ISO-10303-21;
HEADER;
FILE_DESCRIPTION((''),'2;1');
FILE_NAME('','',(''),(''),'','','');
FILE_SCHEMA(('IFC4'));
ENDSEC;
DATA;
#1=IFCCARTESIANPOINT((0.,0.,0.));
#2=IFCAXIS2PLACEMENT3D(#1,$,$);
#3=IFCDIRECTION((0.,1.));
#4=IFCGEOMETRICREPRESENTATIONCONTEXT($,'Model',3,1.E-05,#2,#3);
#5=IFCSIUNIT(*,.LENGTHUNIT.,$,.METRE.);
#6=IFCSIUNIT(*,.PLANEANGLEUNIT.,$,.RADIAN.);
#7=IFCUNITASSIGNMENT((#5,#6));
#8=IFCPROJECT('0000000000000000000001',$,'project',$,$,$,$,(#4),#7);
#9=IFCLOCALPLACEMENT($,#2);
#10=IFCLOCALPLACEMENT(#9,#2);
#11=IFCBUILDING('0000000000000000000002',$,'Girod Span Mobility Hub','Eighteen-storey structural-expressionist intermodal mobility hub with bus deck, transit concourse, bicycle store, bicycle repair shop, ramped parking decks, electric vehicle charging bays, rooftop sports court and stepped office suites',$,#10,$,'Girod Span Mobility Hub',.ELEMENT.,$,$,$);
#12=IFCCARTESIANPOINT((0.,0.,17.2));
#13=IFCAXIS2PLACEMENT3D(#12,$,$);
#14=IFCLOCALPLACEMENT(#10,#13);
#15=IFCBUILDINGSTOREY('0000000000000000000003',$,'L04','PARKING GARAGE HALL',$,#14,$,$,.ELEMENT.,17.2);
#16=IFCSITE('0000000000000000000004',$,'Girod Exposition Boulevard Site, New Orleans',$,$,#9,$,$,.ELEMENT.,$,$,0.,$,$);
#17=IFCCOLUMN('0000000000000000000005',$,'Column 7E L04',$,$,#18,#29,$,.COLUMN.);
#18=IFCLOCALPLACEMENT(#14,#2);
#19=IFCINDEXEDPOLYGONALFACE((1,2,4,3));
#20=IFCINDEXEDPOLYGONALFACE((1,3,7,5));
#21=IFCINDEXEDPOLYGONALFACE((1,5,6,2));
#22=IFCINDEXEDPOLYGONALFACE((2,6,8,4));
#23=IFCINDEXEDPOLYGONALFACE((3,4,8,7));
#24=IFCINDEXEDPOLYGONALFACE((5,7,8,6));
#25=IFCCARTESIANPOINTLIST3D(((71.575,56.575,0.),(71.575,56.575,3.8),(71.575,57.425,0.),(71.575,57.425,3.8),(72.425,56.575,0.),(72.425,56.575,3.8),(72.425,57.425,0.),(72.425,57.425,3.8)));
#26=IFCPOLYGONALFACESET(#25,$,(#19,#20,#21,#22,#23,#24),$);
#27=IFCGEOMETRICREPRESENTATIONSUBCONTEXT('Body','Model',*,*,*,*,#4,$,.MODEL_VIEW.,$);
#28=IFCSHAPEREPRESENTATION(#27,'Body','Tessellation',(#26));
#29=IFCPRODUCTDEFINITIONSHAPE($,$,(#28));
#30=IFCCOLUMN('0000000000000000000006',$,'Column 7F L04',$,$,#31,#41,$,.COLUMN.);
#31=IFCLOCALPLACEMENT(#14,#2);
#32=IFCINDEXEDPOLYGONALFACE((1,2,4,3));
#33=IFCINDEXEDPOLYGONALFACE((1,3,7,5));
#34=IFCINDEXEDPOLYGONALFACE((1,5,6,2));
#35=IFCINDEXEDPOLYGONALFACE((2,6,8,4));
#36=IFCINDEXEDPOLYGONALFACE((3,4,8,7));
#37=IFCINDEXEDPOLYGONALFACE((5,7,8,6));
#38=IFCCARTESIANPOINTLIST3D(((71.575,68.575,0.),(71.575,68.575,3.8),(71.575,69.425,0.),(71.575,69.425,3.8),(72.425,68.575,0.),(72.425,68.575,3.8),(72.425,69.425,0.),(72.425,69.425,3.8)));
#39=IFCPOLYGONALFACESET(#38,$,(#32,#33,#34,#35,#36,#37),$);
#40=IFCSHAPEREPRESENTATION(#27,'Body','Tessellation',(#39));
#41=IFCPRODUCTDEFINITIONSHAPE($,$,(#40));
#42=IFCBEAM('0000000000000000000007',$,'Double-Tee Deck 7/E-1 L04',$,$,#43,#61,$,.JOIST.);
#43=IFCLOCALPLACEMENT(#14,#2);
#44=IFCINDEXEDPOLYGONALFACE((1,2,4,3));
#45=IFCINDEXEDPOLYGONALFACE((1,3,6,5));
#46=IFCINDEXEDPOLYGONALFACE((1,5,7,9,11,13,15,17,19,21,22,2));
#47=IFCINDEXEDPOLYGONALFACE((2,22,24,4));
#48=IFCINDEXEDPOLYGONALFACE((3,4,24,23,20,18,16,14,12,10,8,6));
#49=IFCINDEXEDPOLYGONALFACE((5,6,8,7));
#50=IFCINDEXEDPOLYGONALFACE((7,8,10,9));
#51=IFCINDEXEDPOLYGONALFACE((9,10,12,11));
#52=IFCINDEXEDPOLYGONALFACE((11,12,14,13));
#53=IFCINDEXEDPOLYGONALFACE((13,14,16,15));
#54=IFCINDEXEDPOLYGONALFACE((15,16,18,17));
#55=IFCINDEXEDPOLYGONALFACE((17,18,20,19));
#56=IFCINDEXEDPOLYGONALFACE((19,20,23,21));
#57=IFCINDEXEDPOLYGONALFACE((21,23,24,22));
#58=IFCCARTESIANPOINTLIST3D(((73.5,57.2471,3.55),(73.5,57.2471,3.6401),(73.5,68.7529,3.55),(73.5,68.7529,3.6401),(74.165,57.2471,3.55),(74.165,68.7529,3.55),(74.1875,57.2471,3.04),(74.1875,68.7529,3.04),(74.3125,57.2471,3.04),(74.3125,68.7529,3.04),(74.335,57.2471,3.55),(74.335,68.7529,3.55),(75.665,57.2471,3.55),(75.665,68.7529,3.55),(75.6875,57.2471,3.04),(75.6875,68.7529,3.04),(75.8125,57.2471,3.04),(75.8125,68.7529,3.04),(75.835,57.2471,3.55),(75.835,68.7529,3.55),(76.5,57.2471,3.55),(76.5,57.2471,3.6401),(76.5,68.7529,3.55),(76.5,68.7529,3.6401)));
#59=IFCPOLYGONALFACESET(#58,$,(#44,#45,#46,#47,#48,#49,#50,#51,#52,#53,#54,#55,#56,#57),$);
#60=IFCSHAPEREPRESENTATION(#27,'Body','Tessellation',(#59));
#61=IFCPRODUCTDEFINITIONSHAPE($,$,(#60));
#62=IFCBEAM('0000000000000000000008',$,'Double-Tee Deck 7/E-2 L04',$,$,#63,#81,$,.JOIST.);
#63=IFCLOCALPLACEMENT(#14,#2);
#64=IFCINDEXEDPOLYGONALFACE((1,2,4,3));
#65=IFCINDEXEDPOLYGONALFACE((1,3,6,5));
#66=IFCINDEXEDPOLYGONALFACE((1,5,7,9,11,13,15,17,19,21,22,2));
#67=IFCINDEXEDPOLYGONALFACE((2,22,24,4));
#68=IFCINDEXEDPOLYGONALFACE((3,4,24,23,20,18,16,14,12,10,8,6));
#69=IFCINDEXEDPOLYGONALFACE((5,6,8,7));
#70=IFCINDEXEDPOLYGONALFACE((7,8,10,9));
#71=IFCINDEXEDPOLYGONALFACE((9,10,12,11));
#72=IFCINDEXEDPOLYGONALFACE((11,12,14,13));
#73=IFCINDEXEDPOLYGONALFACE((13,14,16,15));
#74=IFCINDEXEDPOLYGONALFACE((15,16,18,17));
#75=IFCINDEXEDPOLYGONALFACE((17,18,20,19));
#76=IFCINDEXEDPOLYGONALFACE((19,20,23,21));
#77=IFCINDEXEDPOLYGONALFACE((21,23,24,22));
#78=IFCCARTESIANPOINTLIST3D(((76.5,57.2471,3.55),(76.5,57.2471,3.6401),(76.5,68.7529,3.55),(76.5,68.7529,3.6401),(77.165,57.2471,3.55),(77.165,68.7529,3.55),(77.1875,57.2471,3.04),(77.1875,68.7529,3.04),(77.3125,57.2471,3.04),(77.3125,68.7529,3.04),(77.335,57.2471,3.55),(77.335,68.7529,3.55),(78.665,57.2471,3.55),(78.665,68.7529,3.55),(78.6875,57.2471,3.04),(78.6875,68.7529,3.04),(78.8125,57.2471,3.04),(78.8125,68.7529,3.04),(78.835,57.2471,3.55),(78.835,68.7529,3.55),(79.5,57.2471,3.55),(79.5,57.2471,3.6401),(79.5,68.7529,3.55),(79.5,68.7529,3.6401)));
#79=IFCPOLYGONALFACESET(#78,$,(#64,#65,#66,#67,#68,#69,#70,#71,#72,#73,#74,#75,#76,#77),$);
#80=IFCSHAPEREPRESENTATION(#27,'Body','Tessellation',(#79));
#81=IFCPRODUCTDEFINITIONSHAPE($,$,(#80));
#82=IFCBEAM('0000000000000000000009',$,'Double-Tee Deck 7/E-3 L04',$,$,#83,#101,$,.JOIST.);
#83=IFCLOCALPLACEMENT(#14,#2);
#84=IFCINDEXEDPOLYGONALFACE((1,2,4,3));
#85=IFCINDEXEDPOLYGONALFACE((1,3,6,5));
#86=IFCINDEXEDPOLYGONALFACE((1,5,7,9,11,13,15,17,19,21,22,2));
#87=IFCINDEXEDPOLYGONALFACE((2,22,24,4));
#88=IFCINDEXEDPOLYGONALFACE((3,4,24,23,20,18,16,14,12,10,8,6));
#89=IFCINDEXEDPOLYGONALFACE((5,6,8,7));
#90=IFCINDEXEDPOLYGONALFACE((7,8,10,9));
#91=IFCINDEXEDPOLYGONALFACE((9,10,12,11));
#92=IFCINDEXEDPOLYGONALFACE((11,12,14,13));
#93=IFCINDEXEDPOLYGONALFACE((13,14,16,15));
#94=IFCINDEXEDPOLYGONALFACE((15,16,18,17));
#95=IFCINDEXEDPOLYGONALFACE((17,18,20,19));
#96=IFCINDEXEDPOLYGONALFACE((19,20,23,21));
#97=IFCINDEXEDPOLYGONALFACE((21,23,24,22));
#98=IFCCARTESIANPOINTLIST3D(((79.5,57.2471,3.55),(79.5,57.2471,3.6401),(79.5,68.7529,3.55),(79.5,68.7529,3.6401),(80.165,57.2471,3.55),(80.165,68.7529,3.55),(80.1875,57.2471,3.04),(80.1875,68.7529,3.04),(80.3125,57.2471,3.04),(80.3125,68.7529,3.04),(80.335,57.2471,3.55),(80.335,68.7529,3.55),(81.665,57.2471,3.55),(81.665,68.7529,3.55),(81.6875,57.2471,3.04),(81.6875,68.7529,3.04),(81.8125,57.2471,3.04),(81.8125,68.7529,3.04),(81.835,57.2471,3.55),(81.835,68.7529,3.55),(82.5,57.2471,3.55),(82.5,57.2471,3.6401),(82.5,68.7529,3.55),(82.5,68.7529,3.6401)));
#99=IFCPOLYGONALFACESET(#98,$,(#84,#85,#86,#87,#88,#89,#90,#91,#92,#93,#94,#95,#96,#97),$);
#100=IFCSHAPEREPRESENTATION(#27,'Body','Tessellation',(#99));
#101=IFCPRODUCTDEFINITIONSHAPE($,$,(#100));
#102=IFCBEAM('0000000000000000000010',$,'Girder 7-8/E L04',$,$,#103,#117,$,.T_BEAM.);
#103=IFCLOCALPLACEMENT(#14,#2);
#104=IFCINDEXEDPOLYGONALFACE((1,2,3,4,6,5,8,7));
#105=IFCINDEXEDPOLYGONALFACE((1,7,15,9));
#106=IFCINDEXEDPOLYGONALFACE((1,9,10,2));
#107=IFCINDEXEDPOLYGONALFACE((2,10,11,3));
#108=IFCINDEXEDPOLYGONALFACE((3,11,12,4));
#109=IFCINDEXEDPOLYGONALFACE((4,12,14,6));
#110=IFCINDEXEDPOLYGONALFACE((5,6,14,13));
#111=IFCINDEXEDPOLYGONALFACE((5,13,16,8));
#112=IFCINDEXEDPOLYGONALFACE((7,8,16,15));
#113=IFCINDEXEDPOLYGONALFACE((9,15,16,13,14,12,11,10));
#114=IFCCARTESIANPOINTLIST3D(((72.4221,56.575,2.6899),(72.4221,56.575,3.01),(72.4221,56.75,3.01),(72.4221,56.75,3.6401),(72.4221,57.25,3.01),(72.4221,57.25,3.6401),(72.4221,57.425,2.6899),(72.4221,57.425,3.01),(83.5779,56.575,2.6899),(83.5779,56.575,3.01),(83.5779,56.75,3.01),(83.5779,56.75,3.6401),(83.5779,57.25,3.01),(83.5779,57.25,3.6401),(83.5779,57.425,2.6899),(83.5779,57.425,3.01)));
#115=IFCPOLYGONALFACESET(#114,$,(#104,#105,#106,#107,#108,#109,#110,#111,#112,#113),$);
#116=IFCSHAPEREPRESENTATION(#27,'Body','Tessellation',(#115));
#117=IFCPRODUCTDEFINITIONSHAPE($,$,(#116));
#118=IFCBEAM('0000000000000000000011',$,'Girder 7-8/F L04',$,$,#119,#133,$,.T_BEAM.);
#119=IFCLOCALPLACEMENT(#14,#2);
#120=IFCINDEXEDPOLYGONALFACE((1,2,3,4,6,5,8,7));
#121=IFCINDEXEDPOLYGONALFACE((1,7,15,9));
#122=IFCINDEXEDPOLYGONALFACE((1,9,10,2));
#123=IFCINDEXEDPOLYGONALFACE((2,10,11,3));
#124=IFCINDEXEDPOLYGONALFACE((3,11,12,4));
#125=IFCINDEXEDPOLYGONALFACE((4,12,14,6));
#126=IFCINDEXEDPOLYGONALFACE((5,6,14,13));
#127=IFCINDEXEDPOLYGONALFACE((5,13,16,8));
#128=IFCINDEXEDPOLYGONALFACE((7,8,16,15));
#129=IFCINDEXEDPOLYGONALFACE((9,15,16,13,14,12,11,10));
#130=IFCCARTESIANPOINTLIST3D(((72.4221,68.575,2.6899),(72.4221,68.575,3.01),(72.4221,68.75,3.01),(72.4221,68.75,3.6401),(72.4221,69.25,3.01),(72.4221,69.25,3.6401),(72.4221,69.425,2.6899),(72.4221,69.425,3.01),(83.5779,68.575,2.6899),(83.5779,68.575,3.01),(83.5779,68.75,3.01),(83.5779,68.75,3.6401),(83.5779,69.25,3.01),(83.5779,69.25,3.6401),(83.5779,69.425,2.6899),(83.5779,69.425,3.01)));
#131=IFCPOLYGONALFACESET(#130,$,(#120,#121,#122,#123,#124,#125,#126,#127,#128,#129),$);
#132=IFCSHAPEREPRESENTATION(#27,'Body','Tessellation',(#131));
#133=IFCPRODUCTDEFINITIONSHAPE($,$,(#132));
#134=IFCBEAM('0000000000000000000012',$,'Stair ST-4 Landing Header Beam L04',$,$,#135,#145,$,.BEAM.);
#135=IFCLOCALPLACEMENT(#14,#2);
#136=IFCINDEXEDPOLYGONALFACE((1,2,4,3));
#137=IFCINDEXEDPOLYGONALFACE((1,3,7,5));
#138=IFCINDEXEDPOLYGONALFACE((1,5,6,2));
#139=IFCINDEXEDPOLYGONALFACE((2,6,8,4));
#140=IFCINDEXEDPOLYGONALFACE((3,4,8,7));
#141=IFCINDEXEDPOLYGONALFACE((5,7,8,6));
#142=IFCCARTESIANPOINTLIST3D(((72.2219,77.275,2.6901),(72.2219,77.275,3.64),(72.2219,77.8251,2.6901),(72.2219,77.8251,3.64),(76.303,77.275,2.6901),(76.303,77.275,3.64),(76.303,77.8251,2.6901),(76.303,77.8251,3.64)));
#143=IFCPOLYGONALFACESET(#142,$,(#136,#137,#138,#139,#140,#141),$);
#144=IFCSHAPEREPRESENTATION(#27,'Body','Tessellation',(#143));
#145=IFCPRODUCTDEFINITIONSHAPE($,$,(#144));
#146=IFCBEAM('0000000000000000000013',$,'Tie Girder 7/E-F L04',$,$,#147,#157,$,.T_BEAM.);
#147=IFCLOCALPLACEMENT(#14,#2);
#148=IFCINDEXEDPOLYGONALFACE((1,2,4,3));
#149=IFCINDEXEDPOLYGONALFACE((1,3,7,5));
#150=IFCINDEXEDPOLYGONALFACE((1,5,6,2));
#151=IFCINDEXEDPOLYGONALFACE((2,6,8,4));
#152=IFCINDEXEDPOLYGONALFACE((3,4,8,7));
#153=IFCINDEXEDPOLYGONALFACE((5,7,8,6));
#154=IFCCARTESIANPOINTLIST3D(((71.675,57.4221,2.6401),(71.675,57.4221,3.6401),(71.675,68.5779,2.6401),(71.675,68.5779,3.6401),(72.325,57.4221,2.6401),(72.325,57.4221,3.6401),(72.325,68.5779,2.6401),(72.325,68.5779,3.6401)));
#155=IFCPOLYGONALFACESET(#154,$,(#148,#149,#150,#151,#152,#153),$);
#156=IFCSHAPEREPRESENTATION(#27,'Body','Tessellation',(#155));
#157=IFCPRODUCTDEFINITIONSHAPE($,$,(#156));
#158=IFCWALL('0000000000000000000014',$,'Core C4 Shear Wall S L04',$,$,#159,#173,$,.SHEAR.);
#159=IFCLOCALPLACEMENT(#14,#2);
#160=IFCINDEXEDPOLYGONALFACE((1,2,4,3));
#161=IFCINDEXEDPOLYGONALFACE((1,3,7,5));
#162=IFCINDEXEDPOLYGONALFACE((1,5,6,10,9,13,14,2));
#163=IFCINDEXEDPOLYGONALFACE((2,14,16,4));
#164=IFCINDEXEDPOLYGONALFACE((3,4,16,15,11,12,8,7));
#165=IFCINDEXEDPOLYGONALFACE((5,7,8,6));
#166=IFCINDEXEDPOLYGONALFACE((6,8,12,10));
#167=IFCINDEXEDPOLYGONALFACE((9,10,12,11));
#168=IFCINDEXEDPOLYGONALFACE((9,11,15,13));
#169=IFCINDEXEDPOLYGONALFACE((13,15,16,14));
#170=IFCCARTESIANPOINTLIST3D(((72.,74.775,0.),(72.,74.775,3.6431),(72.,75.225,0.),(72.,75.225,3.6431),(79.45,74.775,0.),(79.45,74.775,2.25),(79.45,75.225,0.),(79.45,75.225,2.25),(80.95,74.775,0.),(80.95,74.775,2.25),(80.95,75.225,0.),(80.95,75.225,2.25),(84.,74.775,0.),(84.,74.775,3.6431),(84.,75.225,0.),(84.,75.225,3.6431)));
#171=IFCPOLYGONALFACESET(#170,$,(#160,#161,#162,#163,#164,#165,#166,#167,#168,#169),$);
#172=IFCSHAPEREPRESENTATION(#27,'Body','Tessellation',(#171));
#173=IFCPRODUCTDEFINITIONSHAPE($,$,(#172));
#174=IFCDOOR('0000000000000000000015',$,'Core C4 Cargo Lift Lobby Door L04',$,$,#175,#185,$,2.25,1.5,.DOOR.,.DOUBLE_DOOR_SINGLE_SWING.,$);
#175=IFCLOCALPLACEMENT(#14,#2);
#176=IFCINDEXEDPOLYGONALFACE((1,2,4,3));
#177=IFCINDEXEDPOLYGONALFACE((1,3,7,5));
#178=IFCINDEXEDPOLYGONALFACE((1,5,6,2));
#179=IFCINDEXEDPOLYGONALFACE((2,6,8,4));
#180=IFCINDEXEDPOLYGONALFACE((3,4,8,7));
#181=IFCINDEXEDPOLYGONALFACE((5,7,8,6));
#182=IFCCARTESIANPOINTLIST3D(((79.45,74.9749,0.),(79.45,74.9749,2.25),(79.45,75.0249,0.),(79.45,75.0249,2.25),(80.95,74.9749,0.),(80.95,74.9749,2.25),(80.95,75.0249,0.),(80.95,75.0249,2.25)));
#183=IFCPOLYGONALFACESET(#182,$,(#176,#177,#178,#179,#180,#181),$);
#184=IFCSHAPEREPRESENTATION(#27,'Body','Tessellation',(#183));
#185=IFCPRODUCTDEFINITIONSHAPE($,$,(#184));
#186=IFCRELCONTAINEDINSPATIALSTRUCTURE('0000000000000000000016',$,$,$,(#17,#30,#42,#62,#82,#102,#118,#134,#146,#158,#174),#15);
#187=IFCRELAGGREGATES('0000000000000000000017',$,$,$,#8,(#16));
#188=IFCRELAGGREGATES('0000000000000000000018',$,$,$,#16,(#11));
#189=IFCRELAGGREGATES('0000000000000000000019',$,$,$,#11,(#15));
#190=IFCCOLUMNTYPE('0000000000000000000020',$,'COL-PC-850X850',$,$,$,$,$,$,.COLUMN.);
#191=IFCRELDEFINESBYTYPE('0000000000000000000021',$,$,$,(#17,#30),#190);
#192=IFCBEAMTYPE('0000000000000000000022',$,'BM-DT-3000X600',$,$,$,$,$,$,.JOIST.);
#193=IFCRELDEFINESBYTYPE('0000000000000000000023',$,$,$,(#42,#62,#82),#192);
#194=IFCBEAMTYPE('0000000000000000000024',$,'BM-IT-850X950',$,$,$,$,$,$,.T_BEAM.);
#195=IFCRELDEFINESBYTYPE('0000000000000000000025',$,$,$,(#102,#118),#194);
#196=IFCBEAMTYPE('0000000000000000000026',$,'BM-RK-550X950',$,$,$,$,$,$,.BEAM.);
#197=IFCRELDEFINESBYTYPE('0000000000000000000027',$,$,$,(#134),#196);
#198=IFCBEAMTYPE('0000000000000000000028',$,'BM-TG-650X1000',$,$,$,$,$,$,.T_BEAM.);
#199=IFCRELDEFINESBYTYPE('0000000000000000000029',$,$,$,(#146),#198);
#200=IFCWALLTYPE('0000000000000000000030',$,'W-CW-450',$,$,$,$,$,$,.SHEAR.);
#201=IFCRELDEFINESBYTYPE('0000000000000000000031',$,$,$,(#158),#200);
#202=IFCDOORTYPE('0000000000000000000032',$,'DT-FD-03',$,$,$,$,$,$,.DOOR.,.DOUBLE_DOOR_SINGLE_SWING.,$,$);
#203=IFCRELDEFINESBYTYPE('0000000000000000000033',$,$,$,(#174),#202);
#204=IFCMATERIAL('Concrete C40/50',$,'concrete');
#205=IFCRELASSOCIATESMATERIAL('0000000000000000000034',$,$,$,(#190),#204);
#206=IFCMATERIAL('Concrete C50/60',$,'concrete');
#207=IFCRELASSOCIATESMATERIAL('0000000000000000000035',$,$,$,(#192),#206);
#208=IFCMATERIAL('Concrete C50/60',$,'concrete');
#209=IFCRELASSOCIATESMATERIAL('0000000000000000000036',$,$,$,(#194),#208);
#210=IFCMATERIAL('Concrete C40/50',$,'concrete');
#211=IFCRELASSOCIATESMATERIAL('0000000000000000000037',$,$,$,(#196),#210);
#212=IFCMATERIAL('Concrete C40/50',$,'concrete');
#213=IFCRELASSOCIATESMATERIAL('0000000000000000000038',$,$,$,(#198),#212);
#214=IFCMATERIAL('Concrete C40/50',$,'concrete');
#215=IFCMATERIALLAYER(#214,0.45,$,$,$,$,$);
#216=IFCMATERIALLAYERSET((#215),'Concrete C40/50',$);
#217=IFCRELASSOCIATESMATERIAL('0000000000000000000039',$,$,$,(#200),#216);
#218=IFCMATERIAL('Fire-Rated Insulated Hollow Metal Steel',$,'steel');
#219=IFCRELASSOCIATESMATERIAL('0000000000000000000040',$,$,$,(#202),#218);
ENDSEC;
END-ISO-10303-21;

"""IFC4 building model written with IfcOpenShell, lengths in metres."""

from ifc_helpers import new_model, si_unit, direction, frame, frame_2d, origin, origin_2d, place, context, subcontext, project, spatial, polyline, rectangle, outline, extrude, material, layer, layer_set, material_profile, profile_set, type_object, element, fill, save


model = new_model("IFC4")

# Units and contexts
model_context = context("Model", 3, precision=1e-05, world=origin(), true_north=direction((0.0, 1.0)))
body_context = subcontext(model_context, "Body", "Model", "MODEL_VIEW")
ifc_project = project(units=[si_unit("LENGTHUNIT", "METRE"), si_unit("PLANEANGLEUNIT", "RADIAN")], contexts=[model_context])

# Site, building, storey
site_placement = place(None, origin())
site = spatial("IfcSite", under=ifc_project, at=site_placement, Name="Girod Exposition Boulevard Site, New Orleans", CompositionType="ELEMENT", RefElevation=0.0)
building_placement = place(site_placement, origin())
building = spatial("IfcBuilding", under=site, at=building_placement, Name="Girod Span Mobility Hub", Description="Eighteen-storey structural-expressionist intermodal mobility hub with bus deck, transit concourse, bicycle store, bicycle repair shop, ramped parking decks, electric vehicle charging bays, rooftop sports court and stepped office suites", LongName="Girod Span Mobility Hub", CompositionType="ELEMENT")
storey_placement = place(building_placement, frame((0.0, 0.0, 17.2)))
storey = spatial("IfcBuildingStorey", under=building, at=storey_placement, Name="L04", Description="PARKING GARAGE HALL", CompositionType="ELEMENT", Elevation=17.2)

# Columns
ifc_material_1 = material(Name="Concrete C40/50", Category="concrete")
ifc_material_profile_1 = material_profile(ifc_material_1, rectangle(XDim=0.8501, YDim=0.8501, at=origin_2d()), Name="PC-COL-850X850")
ifc_profile_set_1 = profile_set([ifc_material_profile_1], Name="Concrete C40/50")
column_type = type_object("IfcColumnType", Name="COL-PC-850X850", PredefinedType="COLUMN", material=ifc_profile_set_1)
for number, where, z_axis, x_axis, name in (
    (1, (72.0, 57.0, 0.0), (0.0, 0.0, 1.0), (1.0, 0.0, 0.0), "Column 7E L04"),
    (2, (72.0, 69.0, 0.0), (0.0, 0.0, 1.0), (1.0, 0.0, 0.0), "Column 7F L04"),
):
    element("IfcColumn", number, at=place(storey_placement, frame(where, z_axis=z_axis, x_axis=x_axis)), inside=storey, type_object=column_type, Name=name, PredefinedType="COLUMN", context=body_context, shape_type="SweptSolid", body=[
        extrude(rectangle(XDim=0.8501, YDim=0.8501, at=origin_2d()), origin(), (0.0, 0.0, 1.0), 3.8),
    ])

# Beams
ifc_material_2 = material(Name="Concrete C50/60", Category="concrete")
ifc_material_profile_2 = material_profile(ifc_material_2, outline(polyline([(-1.5, 0.3), (-1.5, 0.21), (-0.835, 0.21), (-0.8125, -0.3), (-0.6875, -0.3), (-0.665, 0.21), (0.665, 0.21), (0.6875, -0.3), (0.8125, -0.3), (0.835, 0.21), (1.5, 0.21), (1.5, 0.3), (-1.5, 0.3)])), Name="DT-3000X600")
ifc_profile_set_2 = profile_set([ifc_material_profile_2], Name="Concrete C50/60")
beam_type_1 = type_object("IfcBeamType", Name="BM-DT-3000X600", PredefinedType="JOIST", material=ifc_profile_set_2)
for number, where, z_axis, x_axis, name in (
    (3, (75.0, 57.2471, 3.3401), (0.0, 1.0, 0.0), (-1.0, 0.0, 0.0), "Double-Tee Deck 7/E-1 L04"),
    (4, (78.0, 57.2471, 3.3401), (0.0, 1.0, 0.0), (-1.0, 0.0, 0.0), "Double-Tee Deck 7/E-2 L04"),
    (5, (81.0, 57.2471, 3.3401), (0.0, 1.0, 0.0), (-1.0, 0.0, 0.0), "Double-Tee Deck 7/E-3 L04"),
):
    element("IfcBeam", number, at=place(storey_placement, frame(where, z_axis=z_axis, x_axis=x_axis)), inside=storey, type_object=beam_type_1, Name=name, PredefinedType="JOIST", context=body_context, shape_type="SweptSolid", body=[
        extrude(outline(polyline([(-1.5, 0.3), (-1.5, 0.21), (-0.835, 0.21), (-0.8125, -0.3), (-0.6875, -0.3), (-0.665, 0.21), (0.665, 0.21), (0.6875, -0.3), (0.8125, -0.3), (0.835, 0.21), (1.5, 0.21), (1.5, 0.3), (-1.5, 0.3)])), origin(), (0.0, 0.0, 1.0), 11.5059),
    ])
ifc_material_3 = material(Name="Concrete C50/60", Category="concrete")
ifc_material_profile_3 = material_profile(ifc_material_3, outline(polyline([(-0.425, -0.4751), (0.425, -0.4751), (0.425, -0.155), (0.25, -0.155), (0.25, 0.4751), (-0.25, 0.4751), (-0.25, -0.155), (-0.425, -0.155), (-0.425, -0.4751)])), Name="IT-850X950")
ifc_profile_set_3 = profile_set([ifc_material_profile_3], Name="Concrete C50/60")
beam_type_2 = type_object("IfcBeamType", Name="BM-IT-850X950", PredefinedType="T_BEAM", material=ifc_profile_set_3)
for number, where, z_axis, x_axis, name in (
    (6, (72.4221, 57.0, 3.165), (1.0, 0.0, 0.0), (0.0, 1.0, 0.0), "Girder 7-8/E L04"),
    (7, (72.4221, 69.0, 3.165), (1.0, 0.0, 0.0), (0.0, 1.0, 0.0), "Girder 7-8/F L04"),
):
    element("IfcBeam", number, at=place(storey_placement, frame(where, z_axis=z_axis, x_axis=x_axis)), inside=storey, type_object=beam_type_2, Name=name, PredefinedType="T_BEAM", context=body_context, shape_type="SweptSolid", body=[
        extrude(outline(polyline([(-0.425, -0.4751), (0.425, -0.4751), (0.425, -0.155), (0.25, -0.155), (0.25, 0.4751), (-0.25, 0.4751), (-0.25, -0.155), (-0.425, -0.155), (-0.425, -0.4751)])), origin(), (0.0, 0.0, 1.0), 11.1558),
    ])
ifc_material_4 = material(Name="Concrete C40/50", Category="concrete")
ifc_material_profile_4 = material_profile(ifc_material_4, rectangle(XDim=0.55, YDim=0.95, at=origin_2d()), Name="RK-550X950")
ifc_profile_set_4 = profile_set([ifc_material_profile_4], Name="Concrete C40/50")
beam_type_3 = type_object("IfcBeamType", Name="BM-RK-550X950", PredefinedType="BEAM", material=ifc_profile_set_4)
beam_1_placement = place(storey_placement, frame((72.2219, 77.55, 3.165), z_axis=(1.0, 0.0, 0.0), x_axis=(0.0, 1.0, 0.0)))
element("IfcBeam", 8, at=beam_1_placement, inside=storey, type_object=beam_type_3, Name="Stair ST-4 Landing Header Beam L04", PredefinedType="BEAM", context=body_context, shape_type="SweptSolid", body=[
    extrude(rectangle(XDim=0.55, YDim=0.95, at=origin_2d()), origin(), (0.0, 0.0, 1.0), 4.0811),
])
ifc_material_5 = material(Name="Concrete C40/50", Category="concrete")
ifc_material_profile_5 = material_profile(ifc_material_5, rectangle(XDim=0.6499, YDim=1.0, at=origin_2d()), Name="TG-650X1000")
ifc_profile_set_5 = profile_set([ifc_material_profile_5], Name="Concrete C40/50")
beam_type_4 = type_object("IfcBeamType", Name="BM-TG-650X1000", PredefinedType="T_BEAM", material=ifc_profile_set_5)
beam_2_placement = place(storey_placement, frame((72.0, 57.4221, 3.1401), z_axis=(0.0, 1.0, 0.0), x_axis=(-1.0, 0.0, 0.0)))
element("IfcBeam", 9, at=beam_2_placement, inside=storey, type_object=beam_type_4, Name="Tie Girder 7/E-F L04", PredefinedType="T_BEAM", context=body_context, shape_type="SweptSolid", body=[
    extrude(rectangle(XDim=0.6499, YDim=1.0, at=origin_2d()), origin(), (0.0, 0.0, 1.0), 11.1558),
])

# Wall, opening, door
ifc_material_6 = material(Name="Concrete C40/50", Category="concrete")
ifc_layer_1 = layer(ifc_material_6, 0.45)
ifc_layer_set_1 = layer_set([ifc_layer_1], Name="Concrete C40/50")
wall_type_1 = type_object("IfcWallType", Name="W-CW-450", PredefinedType="SHEAR", material=ifc_layer_set_1)
wall_1_placement = place(storey_placement, frame((72.0, 75.0, 0.0), z_axis=(0.0, 0.0, 1.0), x_axis=(1.0, 0.0, 0.0)))
wall_1 = element("IfcWall", 10, at=wall_1_placement, inside=storey, type_object=wall_type_1, Name="Core C4 Shear Wall S L04", PredefinedType="SHEAR", context=body_context, shape_type="SweptSolid", body=[
    extrude(rectangle(XDim=12.0, YDim=0.45, at=frame_2d((6.0, 0.0))), origin(), (0.0, 0.0, 1.0), 3.6431),
])
opening_1_placement = place(wall_1_placement, frame((7.45, 0.0, 0.0)))
opening_1 = element("IfcOpeningElement", 11, at=opening_1_placement, cuts=wall_1, PredefinedType="OPENING", context=body_context, shape_type="SweptSolid", body=[
    extrude(rectangle(XDim=1.5, YDim=2.25, at=frame_2d((0.75, 1.125))), frame((0.0, 0.24, 0.0), z_axis=(0.0, -1.0, 0.0), x_axis=(1.0, 0.0, 0.0)), (0.0, 0.0, 1.0), 0.48),
])
ifc_material_7 = material(Name="Fire-Rated Insulated Hollow Metal Steel", Category="steel")
door_type_1 = type_object("IfcDoorType", Name="DT-FD-03", OperationType="DOUBLE_DOOR_SINGLE_SWING", PredefinedType="DOOR", material=ifc_material_7)
door_1_placement = place(opening_1_placement, origin())
door_1 = element("IfcDoor", 12, at=door_1_placement, inside=storey, type_object=door_type_1, Name="Core C4 Cargo Lift Lobby Door L04", OperationType="DOUBLE_DOOR_SINGLE_SWING", OverallHeight=2.25, OverallWidth=1.5, PredefinedType="DOOR", context=body_context, shape_type="SweptSolid", body=[
    extrude(rectangle(XDim=1.5, YDim=2.25, at=frame_2d((0.75, 1.125))), frame((0.0, 0.0249, 0.0), z_axis=(0.0, -1.0, 0.0), x_axis=(1.0, 0.0, 0.0)), (0.0, 0.0, 1.0), 0.05),
])
fill(opening_1, door_1)

save(model, "model.ifc")
